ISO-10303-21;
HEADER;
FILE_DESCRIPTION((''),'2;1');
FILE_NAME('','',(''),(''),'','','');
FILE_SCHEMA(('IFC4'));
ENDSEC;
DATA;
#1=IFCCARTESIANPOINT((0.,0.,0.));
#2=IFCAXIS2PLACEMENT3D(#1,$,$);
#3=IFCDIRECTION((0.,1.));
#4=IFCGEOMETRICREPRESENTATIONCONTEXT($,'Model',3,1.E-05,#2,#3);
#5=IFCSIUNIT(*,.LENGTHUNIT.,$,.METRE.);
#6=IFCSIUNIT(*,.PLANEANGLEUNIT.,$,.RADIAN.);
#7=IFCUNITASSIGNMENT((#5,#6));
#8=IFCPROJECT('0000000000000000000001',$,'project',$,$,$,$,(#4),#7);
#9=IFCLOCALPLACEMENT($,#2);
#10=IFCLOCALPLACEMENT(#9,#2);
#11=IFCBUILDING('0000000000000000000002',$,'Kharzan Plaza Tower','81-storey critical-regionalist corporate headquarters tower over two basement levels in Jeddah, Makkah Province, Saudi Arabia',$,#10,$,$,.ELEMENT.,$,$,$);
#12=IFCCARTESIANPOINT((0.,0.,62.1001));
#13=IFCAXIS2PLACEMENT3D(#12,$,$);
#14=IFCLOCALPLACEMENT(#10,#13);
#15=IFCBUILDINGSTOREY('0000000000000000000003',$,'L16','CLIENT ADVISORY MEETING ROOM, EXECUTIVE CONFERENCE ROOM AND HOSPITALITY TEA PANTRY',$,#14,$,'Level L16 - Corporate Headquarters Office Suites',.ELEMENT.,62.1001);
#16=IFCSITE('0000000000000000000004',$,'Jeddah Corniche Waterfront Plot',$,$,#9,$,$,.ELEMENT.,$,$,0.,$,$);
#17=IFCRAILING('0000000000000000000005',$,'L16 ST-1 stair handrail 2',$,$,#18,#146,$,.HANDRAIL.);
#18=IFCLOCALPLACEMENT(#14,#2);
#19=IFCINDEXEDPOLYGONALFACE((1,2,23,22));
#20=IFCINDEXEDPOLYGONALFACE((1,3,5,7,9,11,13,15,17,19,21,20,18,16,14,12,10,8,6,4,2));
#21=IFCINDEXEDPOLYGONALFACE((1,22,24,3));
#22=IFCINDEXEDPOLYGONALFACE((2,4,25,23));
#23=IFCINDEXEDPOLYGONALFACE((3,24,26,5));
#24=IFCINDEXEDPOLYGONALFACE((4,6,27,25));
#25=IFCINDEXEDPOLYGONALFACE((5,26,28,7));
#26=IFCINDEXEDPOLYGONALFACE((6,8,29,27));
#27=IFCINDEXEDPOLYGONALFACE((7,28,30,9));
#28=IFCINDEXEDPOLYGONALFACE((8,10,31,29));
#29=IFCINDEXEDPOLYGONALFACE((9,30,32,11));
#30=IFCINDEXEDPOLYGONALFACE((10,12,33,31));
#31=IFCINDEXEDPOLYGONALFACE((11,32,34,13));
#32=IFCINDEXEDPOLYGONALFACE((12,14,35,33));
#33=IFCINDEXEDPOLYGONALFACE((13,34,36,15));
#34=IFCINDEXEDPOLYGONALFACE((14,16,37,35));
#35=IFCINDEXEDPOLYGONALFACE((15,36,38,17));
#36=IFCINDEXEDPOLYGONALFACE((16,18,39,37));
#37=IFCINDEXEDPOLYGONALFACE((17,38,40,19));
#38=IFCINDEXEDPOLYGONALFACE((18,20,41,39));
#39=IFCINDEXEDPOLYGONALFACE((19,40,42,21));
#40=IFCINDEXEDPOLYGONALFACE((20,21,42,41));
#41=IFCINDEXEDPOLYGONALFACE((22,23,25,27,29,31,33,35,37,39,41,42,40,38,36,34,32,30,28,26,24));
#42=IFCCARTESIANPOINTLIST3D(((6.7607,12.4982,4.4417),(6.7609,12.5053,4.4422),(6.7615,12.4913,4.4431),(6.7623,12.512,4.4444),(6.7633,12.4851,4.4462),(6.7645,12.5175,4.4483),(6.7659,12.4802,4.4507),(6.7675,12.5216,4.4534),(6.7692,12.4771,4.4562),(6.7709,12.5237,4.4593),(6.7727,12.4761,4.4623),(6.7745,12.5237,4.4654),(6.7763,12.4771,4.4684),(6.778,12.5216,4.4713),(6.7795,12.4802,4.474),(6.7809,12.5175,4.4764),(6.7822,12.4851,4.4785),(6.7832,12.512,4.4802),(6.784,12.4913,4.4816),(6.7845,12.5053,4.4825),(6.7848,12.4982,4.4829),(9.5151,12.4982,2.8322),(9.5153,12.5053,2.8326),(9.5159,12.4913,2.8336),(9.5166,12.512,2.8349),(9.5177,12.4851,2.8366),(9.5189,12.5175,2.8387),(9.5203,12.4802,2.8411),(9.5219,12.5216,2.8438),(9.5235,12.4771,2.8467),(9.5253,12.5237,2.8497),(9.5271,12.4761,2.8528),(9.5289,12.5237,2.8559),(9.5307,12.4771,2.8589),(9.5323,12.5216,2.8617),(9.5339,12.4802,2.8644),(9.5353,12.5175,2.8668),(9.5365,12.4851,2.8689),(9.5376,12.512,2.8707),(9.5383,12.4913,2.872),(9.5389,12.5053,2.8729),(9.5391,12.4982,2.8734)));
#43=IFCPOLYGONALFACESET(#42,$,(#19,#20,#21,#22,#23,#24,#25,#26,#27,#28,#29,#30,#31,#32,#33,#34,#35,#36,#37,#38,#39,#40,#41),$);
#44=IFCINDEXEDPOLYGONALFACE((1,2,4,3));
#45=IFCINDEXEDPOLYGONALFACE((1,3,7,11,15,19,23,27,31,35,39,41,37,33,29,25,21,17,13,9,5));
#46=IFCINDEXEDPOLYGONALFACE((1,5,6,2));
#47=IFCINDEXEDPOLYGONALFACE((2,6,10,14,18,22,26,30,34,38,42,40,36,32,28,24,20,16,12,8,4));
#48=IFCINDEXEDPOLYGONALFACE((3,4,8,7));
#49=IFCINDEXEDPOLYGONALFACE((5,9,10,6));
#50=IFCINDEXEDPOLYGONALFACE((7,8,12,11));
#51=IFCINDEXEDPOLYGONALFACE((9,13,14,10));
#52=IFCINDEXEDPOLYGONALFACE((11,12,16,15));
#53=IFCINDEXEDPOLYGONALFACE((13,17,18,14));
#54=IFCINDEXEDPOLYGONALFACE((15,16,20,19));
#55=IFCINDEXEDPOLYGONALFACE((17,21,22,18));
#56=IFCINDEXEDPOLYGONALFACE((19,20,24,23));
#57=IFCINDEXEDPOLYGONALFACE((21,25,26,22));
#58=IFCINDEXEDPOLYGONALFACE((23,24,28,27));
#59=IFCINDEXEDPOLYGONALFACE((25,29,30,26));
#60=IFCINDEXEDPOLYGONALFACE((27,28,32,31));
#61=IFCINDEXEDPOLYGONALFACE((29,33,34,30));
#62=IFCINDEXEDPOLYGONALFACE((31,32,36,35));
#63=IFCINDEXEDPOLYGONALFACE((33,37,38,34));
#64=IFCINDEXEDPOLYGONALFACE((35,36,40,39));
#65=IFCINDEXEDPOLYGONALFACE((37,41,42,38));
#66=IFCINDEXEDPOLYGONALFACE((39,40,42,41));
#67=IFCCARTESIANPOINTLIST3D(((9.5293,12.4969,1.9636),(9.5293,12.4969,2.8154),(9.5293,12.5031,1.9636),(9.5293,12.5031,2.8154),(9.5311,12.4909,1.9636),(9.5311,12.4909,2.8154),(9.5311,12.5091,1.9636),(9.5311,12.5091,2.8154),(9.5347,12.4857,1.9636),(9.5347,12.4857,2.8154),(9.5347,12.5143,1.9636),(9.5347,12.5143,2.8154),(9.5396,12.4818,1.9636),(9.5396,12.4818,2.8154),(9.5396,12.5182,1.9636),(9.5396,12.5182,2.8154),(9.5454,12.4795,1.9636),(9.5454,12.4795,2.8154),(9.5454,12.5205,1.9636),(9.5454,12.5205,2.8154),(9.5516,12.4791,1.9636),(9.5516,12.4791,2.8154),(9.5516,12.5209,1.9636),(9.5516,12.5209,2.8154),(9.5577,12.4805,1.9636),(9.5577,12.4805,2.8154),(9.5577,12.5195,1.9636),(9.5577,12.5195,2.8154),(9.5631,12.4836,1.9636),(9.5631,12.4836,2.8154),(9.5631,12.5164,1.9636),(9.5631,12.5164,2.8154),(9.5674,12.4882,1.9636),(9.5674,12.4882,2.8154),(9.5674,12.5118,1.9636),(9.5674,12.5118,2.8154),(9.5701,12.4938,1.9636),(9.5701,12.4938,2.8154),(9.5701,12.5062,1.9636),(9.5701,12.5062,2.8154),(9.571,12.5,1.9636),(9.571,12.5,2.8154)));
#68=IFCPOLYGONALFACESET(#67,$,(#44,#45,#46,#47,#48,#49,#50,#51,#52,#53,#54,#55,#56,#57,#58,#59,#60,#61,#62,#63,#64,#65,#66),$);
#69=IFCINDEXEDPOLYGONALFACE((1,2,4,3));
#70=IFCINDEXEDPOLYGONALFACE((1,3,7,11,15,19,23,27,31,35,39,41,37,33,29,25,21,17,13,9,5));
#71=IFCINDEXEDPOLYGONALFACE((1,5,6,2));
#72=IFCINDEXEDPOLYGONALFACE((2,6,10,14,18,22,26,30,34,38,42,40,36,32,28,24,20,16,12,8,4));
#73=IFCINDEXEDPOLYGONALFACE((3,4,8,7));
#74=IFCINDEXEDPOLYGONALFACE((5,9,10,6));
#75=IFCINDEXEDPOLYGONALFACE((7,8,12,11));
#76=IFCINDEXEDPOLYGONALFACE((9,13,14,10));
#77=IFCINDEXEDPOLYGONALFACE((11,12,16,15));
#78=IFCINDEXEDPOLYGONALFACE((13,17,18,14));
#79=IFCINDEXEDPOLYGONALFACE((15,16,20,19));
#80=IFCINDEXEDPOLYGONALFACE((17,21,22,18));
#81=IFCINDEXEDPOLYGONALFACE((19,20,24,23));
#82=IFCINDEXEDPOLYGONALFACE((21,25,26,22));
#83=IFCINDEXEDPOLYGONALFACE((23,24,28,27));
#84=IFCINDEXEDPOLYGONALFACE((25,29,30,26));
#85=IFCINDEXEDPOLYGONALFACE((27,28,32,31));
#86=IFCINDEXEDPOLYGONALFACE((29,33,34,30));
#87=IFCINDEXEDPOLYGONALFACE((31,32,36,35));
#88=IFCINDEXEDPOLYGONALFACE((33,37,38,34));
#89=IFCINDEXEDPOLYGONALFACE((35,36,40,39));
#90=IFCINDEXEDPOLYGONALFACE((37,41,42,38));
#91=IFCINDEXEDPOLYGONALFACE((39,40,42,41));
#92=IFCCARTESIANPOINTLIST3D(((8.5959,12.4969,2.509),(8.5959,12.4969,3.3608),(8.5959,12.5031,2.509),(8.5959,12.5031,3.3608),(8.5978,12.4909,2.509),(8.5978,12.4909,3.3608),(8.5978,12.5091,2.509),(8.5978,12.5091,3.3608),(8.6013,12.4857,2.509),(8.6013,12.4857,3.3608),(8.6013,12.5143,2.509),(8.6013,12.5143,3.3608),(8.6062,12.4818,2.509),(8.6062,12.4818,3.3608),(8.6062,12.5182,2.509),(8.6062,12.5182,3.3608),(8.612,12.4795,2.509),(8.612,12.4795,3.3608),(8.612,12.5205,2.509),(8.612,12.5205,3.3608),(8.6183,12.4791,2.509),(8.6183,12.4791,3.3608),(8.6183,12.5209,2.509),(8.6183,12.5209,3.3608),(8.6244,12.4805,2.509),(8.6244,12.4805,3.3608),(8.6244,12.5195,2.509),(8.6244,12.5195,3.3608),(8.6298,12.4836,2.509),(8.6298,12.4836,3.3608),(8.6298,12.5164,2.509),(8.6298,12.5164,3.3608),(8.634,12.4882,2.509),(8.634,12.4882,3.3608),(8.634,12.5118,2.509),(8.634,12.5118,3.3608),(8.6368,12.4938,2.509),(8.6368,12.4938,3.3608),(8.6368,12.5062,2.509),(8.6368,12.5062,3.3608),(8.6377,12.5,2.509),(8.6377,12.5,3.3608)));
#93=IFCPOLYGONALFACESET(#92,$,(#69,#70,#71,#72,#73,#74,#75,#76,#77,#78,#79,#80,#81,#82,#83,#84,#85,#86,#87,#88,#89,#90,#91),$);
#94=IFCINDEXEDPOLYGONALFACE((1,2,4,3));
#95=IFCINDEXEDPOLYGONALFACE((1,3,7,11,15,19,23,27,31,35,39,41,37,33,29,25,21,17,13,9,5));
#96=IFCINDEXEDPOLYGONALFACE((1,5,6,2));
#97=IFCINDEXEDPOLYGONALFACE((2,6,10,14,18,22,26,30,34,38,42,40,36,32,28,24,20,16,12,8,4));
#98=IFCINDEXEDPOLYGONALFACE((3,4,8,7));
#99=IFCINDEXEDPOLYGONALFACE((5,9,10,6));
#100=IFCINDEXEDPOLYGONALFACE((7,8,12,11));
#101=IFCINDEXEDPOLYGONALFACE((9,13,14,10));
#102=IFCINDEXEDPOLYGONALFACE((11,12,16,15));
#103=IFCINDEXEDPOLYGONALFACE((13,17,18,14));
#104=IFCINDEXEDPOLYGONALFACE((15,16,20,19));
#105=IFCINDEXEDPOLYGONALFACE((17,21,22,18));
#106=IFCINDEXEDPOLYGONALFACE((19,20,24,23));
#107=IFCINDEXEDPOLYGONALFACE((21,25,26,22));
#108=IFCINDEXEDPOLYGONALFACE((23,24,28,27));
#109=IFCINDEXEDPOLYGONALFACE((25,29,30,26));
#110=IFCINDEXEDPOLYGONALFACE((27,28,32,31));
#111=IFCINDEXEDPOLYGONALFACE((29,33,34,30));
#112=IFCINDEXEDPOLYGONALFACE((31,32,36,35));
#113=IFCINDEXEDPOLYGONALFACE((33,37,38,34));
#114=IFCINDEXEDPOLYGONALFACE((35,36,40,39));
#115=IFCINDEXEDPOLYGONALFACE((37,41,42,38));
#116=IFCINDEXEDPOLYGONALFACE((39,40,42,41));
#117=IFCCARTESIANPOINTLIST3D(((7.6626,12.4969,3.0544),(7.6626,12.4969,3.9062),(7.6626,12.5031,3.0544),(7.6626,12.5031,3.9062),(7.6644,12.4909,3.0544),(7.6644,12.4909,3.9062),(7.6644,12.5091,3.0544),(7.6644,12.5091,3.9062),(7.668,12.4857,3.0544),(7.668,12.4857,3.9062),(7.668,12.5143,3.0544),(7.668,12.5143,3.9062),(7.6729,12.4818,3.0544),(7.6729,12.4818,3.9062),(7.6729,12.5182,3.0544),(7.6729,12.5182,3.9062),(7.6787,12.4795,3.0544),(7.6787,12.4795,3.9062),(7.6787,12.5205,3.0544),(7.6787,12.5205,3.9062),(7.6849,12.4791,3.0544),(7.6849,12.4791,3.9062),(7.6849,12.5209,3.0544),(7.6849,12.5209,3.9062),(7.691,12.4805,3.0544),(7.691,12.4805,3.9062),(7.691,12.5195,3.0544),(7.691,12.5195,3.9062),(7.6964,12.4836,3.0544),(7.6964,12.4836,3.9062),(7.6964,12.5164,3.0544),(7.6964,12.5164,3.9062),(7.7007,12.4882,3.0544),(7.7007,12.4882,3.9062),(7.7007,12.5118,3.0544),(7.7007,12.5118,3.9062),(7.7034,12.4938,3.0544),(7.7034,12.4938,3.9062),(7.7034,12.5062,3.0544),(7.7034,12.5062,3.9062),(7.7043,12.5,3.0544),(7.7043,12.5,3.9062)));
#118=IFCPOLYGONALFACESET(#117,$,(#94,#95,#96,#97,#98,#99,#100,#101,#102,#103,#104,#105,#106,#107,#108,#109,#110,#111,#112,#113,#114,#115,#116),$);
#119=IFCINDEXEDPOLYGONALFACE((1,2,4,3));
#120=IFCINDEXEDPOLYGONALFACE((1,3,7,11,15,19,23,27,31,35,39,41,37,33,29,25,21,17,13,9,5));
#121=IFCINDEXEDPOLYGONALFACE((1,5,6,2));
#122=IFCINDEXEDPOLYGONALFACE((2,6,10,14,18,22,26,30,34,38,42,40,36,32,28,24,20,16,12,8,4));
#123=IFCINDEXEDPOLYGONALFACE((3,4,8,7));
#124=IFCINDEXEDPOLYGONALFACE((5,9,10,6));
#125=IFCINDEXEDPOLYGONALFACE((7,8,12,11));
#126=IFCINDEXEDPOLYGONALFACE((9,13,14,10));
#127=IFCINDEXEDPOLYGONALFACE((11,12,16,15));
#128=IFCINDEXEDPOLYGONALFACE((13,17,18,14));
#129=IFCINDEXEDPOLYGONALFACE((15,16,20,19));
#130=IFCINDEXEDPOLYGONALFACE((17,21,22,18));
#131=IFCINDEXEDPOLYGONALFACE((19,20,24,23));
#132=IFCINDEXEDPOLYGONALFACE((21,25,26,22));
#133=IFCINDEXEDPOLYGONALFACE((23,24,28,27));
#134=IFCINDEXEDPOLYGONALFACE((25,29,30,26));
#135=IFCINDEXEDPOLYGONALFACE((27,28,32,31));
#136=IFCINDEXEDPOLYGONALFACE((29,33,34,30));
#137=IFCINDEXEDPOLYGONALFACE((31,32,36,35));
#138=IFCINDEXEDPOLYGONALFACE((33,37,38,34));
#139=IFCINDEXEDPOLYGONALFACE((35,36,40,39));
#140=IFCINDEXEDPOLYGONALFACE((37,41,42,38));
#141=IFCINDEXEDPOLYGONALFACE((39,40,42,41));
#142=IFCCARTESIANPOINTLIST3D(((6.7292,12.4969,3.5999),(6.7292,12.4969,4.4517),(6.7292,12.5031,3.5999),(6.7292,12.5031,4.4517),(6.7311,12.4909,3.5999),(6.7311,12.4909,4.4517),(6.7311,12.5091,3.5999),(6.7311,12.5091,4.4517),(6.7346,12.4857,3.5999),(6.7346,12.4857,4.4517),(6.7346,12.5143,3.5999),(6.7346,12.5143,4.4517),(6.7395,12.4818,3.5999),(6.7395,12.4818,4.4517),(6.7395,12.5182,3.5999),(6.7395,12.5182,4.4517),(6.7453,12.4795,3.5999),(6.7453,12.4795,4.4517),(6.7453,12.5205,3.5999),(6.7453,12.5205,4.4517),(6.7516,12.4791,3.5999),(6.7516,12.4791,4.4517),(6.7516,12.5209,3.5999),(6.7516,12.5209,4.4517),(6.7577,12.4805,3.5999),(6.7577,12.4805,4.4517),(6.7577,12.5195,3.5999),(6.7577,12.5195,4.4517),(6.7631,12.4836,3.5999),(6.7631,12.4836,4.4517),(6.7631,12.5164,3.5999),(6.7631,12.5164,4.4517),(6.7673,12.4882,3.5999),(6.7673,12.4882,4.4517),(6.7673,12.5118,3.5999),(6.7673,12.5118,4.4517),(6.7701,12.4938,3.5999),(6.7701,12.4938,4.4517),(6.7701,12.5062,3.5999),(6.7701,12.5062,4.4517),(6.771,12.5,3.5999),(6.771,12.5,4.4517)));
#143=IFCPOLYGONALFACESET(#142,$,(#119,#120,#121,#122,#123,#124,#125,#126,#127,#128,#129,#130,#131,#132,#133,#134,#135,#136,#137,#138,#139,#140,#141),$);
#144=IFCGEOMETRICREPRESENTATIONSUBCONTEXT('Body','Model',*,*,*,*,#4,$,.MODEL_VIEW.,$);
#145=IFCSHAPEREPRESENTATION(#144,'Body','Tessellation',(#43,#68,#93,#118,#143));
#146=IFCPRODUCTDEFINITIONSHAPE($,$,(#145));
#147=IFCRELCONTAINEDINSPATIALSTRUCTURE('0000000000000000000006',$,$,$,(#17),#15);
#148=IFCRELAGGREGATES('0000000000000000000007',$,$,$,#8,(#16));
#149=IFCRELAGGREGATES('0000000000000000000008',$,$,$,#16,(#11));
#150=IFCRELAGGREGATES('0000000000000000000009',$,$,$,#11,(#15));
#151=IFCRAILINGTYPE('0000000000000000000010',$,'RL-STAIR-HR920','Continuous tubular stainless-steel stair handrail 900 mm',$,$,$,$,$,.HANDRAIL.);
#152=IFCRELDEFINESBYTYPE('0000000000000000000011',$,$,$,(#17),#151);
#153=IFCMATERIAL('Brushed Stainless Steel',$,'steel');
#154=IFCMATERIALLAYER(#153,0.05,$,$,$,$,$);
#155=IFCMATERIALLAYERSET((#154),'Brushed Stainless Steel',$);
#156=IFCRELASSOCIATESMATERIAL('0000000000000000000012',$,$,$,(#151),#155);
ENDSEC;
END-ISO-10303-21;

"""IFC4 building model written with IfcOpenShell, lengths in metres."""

from ifc_helpers import new_model, si_unit, direction, frame, origin, origin_2d, place, context, subcontext, project, spatial, circle, extrude, source, transform, mapped, material, layer, layer_set, type_object, element, save


model = new_model("IFC4")

# Units and contexts
model_context = context("Model", 3, precision=1e-05, world=origin(), true_north=direction((0.0, 1.0)))
body_context = subcontext(model_context, "Body", "Model", "MODEL_VIEW")
ifc_project = project(units=[si_unit("LENGTHUNIT", "METRE"), si_unit("PLANEANGLEUNIT", "RADIAN")], contexts=[model_context])

# Site, building, storey
site_placement = place(None, origin())
site = spatial("IfcSite", under=ifc_project, at=site_placement, Name="Jeddah Corniche Waterfront Plot", CompositionType="ELEMENT", RefElevation=0.0)
building_placement = place(site_placement, origin())
building = spatial("IfcBuilding", under=site, at=building_placement, Name="Kharzan Plaza Tower", Description="81-storey critical-regionalist corporate headquarters tower over two basement levels in Jeddah, Makkah Province, Saudi Arabia", CompositionType="ELEMENT")
storey_placement = place(building_placement, frame((0.0, 0.0, 62.1001)))
storey = spatial("IfcBuildingStorey", under=building, at=storey_placement, Name="L16", Description="CLIENT ADVISORY MEETING ROOM, EXECUTIVE CONFERENCE ROOM AND HOSPITALITY TEA PANTRY", LongName="Level L16 - Corporate Headquarters Office Suites", CompositionType="ELEMENT", Elevation=62.1001)

# Shared definitions
ifc_material_1 = material(Name="Brushed Stainless Steel", Category="steel")

# Railing
ifc_layer_1 = layer(ifc_material_1, 0.05)
ifc_layer_set_1 = layer_set([ifc_layer_1], Name="Brushed Stainless Steel")
railing_type = type_object("IfcRailingType", Name="RL-STAIR-HR920", Description="Continuous tubular stainless-steel stair handrail 900 mm", PredefinedType="HANDRAIL", material=ifc_layer_set_1)
shared_shape_1 = source(origin(), body_context, "Body", "SweptSolid", [
    extrude(circle(Radius=0.0239, at=origin_2d()), frame((-0.0229, 0.0, 0.8892), z_axis=(-0.863394, 0.0, 0.504531), x_axis=(0.0, -1.0, 0.0)), (0.0, 0.0, 1.0), 3.1902),
    extrude(circle(Radius=0.021, at=origin_2d()), origin(), (0.0, 0.0, 1.0), 0.8518),
    extrude(circle(Radius=0.021, at=origin_2d()), frame((-0.9333, 0.0, 0.5454)), (0.0, 0.0, 1.0), 0.8518),
    extrude(circle(Radius=0.021, at=origin_2d()), frame((-1.8667, 0.0, 1.0908)), (0.0, 0.0, 1.0), 0.8518),
    extrude(circle(Radius=0.021, at=origin_2d()), frame((-2.8, 0.0, 1.6362)), (0.0, 0.0, 1.0), 0.8518),
])
railing_placement = place(storey_placement, frame((9.55, 12.5, 1.9636)))
element("IfcRailing", 1, at=railing_placement, inside=storey, type_object=railing_type, Name="L16 ST-1 stair handrail 2", PredefinedType="HANDRAIL", context=body_context, shape_type="MappedRepresentation", body=[
    mapped(shared_shape_1, transform((0.0, 0.0, 0.0), x_axis=(1.0, 0.0, 0.0), y_axis=(0.0, 1.0, 0.0), z_axis=(0.0, 0.0, 1.0))),
])

save(model, "model.ifc")
